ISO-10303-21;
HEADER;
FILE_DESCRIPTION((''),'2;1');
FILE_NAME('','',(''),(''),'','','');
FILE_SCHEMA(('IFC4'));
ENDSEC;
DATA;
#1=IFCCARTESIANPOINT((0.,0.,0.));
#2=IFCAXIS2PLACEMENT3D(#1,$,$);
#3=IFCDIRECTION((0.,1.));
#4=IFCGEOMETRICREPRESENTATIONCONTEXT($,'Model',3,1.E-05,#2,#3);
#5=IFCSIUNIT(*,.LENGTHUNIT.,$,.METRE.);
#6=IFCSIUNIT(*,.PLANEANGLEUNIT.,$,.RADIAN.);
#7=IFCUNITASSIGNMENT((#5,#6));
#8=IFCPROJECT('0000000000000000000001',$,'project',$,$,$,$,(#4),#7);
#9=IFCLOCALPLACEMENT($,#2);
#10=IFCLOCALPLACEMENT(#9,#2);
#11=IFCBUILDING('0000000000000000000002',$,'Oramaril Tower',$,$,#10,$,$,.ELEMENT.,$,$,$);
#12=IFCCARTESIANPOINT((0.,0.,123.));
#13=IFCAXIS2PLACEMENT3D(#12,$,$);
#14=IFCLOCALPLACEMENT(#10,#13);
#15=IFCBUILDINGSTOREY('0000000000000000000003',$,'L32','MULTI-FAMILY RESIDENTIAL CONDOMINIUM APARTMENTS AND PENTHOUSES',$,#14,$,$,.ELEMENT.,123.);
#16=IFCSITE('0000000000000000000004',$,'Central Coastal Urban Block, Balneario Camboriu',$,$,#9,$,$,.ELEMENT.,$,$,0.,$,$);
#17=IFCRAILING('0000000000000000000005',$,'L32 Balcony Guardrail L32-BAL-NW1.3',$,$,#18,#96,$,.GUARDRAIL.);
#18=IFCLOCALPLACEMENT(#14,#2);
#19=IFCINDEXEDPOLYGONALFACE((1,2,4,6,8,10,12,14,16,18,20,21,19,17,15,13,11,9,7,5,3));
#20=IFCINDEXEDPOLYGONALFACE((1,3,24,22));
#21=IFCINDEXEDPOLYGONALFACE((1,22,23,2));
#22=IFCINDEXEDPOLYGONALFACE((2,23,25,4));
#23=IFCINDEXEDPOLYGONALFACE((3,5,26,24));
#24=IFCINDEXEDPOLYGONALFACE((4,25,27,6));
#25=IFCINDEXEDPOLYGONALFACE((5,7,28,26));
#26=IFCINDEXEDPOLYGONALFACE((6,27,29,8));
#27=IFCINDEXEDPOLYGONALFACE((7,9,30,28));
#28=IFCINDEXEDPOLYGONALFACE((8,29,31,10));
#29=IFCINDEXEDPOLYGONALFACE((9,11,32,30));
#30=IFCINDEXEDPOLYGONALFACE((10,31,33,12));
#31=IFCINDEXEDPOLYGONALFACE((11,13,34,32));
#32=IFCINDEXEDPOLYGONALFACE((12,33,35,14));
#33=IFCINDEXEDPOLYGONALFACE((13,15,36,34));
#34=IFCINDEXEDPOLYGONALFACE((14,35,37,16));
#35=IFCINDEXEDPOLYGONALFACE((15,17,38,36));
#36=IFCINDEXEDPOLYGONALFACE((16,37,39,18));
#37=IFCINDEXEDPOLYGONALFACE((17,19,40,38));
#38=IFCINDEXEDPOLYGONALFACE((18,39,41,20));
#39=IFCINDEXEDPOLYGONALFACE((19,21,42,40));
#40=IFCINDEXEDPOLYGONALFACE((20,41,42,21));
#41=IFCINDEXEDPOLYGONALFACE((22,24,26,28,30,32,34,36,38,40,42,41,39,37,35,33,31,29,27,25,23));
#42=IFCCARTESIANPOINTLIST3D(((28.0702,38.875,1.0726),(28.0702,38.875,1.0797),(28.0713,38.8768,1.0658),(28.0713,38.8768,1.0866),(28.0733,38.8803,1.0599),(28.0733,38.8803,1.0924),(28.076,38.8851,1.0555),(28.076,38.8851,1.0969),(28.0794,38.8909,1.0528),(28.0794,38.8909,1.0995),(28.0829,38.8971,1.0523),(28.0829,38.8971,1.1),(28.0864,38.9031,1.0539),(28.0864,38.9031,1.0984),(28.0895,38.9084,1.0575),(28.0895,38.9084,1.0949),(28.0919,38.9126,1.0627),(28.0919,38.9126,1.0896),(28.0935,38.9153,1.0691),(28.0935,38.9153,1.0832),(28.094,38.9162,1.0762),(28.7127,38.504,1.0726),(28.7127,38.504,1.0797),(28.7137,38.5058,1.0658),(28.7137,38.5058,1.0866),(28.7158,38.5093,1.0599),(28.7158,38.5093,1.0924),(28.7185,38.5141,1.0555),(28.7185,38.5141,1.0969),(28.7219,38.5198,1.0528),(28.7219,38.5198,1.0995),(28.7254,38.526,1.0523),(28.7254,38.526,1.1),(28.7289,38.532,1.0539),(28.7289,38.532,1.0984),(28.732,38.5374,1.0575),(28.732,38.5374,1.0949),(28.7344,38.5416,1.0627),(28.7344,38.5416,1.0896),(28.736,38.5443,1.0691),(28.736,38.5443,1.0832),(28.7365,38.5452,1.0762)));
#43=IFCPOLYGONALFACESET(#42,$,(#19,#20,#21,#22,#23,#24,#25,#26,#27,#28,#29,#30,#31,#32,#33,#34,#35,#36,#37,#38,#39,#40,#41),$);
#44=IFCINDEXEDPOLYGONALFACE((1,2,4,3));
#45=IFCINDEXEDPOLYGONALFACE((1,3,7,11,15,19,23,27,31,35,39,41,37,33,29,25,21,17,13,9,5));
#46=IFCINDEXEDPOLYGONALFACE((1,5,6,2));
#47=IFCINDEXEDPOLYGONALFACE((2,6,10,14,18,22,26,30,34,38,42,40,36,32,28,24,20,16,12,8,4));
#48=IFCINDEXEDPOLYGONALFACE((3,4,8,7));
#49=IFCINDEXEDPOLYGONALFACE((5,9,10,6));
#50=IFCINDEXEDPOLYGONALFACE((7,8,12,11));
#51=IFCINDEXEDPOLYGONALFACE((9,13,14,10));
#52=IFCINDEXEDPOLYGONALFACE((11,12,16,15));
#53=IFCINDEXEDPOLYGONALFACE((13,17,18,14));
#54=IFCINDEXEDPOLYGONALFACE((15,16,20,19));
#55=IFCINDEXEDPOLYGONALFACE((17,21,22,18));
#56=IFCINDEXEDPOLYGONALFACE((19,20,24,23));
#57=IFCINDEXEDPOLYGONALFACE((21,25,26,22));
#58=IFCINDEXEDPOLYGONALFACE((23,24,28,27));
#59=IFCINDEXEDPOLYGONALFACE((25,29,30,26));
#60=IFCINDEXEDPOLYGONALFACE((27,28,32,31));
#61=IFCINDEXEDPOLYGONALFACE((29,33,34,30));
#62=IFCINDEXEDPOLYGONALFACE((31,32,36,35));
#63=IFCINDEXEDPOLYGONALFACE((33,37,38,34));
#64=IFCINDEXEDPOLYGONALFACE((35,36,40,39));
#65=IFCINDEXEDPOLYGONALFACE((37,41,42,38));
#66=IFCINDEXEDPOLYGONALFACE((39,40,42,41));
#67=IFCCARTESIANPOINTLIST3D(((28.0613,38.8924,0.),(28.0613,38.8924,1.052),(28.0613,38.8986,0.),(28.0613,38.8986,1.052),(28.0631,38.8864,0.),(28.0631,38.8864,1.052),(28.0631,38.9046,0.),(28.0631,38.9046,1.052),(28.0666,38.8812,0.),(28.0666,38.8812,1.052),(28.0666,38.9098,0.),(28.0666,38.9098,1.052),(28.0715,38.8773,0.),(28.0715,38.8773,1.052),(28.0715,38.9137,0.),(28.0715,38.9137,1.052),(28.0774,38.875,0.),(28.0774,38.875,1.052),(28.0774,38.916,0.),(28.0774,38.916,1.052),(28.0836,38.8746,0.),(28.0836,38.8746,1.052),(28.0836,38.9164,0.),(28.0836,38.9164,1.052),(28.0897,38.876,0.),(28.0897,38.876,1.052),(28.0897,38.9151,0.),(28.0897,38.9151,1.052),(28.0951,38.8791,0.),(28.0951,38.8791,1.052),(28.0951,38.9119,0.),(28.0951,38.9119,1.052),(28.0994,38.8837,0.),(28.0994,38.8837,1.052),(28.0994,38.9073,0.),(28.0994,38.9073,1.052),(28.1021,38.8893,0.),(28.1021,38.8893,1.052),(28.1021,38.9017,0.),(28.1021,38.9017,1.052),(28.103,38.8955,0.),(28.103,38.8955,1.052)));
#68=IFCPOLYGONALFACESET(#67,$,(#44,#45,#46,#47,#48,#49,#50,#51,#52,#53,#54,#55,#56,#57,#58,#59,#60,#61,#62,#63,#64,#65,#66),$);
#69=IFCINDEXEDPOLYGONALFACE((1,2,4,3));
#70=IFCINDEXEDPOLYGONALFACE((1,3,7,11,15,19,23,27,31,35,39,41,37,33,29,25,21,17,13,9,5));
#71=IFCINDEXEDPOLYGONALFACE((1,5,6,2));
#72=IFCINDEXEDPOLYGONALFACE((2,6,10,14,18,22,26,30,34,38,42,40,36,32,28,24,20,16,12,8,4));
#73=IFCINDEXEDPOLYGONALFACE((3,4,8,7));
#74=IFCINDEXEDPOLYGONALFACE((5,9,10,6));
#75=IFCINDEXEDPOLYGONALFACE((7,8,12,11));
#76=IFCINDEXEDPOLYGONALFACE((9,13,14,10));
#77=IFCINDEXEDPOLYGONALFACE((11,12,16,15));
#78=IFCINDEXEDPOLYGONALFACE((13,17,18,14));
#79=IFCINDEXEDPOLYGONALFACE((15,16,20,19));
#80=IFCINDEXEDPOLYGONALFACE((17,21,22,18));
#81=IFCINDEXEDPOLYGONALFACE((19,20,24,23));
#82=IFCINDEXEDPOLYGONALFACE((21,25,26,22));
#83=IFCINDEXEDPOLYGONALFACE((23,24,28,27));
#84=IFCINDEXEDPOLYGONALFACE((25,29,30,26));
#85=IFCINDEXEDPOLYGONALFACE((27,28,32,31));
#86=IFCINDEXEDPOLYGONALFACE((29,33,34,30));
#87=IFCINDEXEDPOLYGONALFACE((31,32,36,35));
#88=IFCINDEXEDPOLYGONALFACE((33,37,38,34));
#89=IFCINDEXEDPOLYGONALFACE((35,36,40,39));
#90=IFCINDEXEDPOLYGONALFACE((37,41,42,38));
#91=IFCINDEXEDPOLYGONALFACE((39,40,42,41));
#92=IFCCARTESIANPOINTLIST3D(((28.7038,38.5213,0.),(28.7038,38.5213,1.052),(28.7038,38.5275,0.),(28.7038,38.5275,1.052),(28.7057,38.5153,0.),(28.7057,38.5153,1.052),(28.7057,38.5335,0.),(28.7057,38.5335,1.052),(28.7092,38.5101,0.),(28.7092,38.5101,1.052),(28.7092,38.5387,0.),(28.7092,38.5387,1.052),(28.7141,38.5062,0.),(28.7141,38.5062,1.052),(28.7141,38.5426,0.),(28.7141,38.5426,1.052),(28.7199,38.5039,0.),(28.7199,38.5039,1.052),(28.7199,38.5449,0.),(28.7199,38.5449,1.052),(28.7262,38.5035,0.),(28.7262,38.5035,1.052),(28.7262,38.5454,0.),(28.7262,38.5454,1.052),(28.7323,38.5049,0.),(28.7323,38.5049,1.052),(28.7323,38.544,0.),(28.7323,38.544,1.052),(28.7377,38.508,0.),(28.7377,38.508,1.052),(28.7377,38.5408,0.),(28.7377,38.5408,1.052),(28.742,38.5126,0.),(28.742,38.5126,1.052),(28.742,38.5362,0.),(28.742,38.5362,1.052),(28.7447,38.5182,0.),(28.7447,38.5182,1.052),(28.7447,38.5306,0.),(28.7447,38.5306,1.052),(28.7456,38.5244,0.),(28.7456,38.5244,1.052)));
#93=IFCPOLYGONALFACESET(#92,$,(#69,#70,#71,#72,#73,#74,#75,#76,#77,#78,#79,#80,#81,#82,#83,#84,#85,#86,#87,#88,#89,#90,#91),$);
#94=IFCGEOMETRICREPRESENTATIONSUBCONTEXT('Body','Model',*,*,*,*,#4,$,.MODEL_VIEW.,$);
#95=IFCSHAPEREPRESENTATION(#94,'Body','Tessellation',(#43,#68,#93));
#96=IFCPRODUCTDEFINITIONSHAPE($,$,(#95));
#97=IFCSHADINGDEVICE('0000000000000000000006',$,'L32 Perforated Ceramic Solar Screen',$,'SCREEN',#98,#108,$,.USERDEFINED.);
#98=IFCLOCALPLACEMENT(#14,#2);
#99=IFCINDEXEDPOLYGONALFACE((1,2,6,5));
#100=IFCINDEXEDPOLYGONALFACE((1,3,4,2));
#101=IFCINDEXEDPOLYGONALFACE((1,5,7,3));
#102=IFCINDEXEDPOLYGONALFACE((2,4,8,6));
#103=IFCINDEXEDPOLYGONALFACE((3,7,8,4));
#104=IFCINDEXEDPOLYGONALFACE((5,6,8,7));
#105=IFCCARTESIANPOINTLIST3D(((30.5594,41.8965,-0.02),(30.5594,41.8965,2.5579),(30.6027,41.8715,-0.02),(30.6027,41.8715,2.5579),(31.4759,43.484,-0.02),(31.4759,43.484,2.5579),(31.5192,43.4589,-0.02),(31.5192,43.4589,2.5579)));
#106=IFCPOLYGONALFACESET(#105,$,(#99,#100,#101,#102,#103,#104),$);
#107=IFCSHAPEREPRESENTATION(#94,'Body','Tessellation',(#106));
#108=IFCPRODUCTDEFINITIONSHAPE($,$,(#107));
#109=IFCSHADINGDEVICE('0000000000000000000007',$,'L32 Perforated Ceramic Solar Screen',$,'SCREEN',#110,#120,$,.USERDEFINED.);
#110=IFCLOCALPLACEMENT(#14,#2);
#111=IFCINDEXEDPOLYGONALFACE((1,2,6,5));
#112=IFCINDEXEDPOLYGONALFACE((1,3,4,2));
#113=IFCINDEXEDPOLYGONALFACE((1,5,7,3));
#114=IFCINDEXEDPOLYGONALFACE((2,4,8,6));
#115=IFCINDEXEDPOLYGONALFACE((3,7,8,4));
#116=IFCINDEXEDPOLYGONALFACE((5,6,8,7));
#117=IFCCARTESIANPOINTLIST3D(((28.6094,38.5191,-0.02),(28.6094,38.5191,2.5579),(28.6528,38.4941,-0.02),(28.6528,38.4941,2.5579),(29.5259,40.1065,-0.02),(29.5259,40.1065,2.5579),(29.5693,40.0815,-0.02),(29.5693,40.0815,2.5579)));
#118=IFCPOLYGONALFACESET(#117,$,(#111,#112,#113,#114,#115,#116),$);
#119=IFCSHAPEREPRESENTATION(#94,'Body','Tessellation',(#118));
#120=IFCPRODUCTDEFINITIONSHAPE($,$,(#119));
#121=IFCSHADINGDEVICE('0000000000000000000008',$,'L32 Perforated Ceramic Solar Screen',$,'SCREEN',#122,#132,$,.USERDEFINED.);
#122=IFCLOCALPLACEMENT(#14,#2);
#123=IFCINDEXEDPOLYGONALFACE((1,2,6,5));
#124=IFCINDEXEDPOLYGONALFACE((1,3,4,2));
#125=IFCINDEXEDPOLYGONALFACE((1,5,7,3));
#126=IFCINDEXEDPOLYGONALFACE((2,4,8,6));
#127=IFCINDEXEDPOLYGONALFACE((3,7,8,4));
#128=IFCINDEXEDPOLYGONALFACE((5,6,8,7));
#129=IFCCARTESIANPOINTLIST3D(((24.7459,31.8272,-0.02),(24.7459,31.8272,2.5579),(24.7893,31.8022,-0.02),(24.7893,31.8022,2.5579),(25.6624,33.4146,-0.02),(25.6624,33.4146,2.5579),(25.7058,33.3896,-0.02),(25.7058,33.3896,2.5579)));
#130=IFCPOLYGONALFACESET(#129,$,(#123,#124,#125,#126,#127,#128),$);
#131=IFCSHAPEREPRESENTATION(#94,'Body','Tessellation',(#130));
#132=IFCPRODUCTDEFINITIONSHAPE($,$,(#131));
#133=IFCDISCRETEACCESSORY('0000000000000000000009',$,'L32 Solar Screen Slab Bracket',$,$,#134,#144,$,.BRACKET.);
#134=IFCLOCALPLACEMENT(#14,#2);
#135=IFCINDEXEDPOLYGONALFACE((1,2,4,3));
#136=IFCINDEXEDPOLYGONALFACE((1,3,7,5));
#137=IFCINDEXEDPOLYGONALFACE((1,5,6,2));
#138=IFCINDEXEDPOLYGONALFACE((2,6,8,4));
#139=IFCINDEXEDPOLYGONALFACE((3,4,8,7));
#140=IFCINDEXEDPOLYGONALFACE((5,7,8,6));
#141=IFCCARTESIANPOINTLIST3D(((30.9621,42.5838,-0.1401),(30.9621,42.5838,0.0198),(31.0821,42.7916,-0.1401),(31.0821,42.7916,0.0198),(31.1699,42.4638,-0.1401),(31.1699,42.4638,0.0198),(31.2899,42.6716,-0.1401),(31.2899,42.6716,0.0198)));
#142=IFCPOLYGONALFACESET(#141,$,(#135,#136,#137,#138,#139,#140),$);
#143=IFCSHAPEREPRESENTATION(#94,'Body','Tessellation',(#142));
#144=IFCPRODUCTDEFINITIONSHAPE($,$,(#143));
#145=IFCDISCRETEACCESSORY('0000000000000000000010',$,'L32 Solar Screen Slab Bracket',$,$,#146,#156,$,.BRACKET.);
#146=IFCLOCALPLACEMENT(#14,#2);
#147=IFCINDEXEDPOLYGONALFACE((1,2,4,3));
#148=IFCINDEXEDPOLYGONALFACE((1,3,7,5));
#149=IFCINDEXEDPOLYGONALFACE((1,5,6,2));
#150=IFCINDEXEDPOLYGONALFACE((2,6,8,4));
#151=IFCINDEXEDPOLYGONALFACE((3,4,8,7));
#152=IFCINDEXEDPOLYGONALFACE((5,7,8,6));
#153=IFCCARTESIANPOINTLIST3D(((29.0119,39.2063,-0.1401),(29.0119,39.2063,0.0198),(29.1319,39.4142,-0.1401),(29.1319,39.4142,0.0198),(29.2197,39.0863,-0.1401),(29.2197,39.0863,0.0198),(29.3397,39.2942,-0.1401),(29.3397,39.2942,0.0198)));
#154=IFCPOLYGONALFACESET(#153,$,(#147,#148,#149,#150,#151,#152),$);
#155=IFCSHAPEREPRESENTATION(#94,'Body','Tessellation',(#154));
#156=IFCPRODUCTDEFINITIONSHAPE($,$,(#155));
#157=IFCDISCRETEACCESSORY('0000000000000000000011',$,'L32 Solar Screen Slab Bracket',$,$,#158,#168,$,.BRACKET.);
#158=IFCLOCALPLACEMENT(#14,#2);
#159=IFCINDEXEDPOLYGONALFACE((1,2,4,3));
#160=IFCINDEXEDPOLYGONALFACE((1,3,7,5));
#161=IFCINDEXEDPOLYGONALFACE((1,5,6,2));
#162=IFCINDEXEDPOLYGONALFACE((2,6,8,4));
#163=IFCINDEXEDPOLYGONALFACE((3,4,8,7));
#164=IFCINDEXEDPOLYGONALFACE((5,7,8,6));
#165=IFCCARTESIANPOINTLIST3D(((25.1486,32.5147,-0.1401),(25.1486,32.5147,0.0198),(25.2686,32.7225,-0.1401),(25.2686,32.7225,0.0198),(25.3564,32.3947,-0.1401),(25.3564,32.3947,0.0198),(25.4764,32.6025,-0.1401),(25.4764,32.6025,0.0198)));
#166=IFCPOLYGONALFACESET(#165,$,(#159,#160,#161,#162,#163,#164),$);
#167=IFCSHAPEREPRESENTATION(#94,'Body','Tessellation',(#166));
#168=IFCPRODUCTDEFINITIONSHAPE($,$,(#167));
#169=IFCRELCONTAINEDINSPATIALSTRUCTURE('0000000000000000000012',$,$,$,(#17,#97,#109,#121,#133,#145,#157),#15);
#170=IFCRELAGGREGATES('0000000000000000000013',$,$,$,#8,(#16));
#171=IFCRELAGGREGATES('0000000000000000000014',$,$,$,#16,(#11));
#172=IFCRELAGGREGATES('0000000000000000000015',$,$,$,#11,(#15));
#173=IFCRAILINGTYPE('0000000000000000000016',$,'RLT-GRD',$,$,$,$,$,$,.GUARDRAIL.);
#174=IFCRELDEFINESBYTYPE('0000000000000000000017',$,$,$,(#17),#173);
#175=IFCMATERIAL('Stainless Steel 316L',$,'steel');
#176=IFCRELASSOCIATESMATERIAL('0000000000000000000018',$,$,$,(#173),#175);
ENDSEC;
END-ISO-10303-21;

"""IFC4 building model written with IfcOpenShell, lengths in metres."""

from ifc_helpers import new_model, si_unit, direction, frame, origin, origin_2d, place, context, subcontext, project, spatial, rectangle, circle, extrude, material, type_object, element, save


model = new_model("IFC4")

# Units and contexts
model_context = context("Model", 3, precision=1e-05, world=origin(), true_north=direction((0.0, 1.0)))
body_context = subcontext(model_context, "Body", "Model", "MODEL_VIEW")
ifc_project = project(units=[si_unit("LENGTHUNIT", "METRE"), si_unit("PLANEANGLEUNIT", "RADIAN")], contexts=[model_context])

# Site, building, storey
site_placement = place(None, origin())
site = spatial("IfcSite", under=ifc_project, at=site_placement, Name="Central Coastal Urban Block, Balneario Camboriu", CompositionType="ELEMENT", RefElevation=0.0)
building_placement = place(site_placement, origin())
building = spatial("IfcBuilding", under=site, at=building_placement, Name="Oramaril Tower", CompositionType="ELEMENT")
storey_placement = place(building_placement, frame((0.0, 0.0, 123.0)))
storey = spatial("IfcBuildingStorey", under=building, at=storey_placement, Name="L32", Description="MULTI-FAMILY RESIDENTIAL CONDOMINIUM APARTMENTS AND PENTHOUSES", CompositionType="ELEMENT", Elevation=123.0)

# Railing
ifc_material_1 = material(Name="Stainless Steel 316L", Category="steel")
railing_type = type_object("IfcRailingType", Name="RLT-GRD", PredefinedType="GUARDRAIL", material=ifc_material_1)
railing_1_placement = place(storey_placement, frame((28.082, 38.8955, 0.0)))
element("IfcRailing", 1, at=railing_1_placement, inside=storey, type_object=railing_type, Name="L32 Balcony Guardrail L32-BAL-NW1.3", PredefinedType="GUARDRAIL", context=body_context, shape_type="SweptSolid", body=[
    extrude(circle(Radius=0.0239, at=origin_2d()), frame((0.0, 0.0, 1.0762), z_axis=(0.865966, -0.500102, 0.0), x_axis=(0.500102, 0.865966, 0.0)), (0.0, 0.0, 1.0), 0.7419),
    extrude(circle(Radius=0.021, at=origin_2d()), origin(), (0.0, 0.0, 1.0), 1.052),
    extrude(circle(Radius=0.021, at=origin_2d()), frame((0.6426, -0.3711, 0.0)), (0.0, 0.0, 1.0), 1.052),
])

# Shading devices
for number, where, z_axis, x_axis, name in (
    (2, (31.0393, 42.6777, -0.02), (0.0, 0.0, 1.0), (-0.499998, -0.866026, 0.0), "L32 Perforated Ceramic Solar Screen"),
    (3, (29.0894, 39.3003, -0.02), (0.0, 0.0, 1.0), (-0.499998, -0.866026, 0.0), "L32 Perforated Ceramic Solar Screen"),
    (4, (25.2258, 32.6084, -0.02), (0.0, 0.0, 1.0), (-0.499998, -0.866026, 0.0), "L32 Perforated Ceramic Solar Screen"),
):
    element("IfcShadingDevice", number, at=place(storey_placement, frame(where, z_axis=z_axis, x_axis=x_axis)), inside=storey, Name=name, ObjectType="SCREEN", PredefinedType="USERDEFINED", context=body_context, shape_type="SweptSolid", body=[
        extrude(rectangle(XDim=1.833, YDim=0.05, at=origin_2d()), origin(), (0.0, 0.0, 1.0), 2.5779),
    ])

# Discrete accessories
for number, where, z_axis, x_axis, name in (
    (5, (31.126, 42.6277, -0.1401), (0.0, 0.0, 1.0), (-0.499998, -0.866026, 0.0), "L32 Solar Screen Slab Bracket"),
    (6, (29.1758, 39.2502, -0.1401), (0.0, 0.0, 1.0), (-0.499998, -0.866026, 0.0), "L32 Solar Screen Slab Bracket"),
    (7, (25.3125, 32.5586, -0.1401), (0.0, 0.0, 1.0), (-0.499998, -0.866026, 0.0), "L32 Solar Screen Slab Bracket"),
):
    element("IfcDiscreteAccessory", number, at=place(storey_placement, frame(where, z_axis=z_axis, x_axis=x_axis)), inside=storey, Name=name, PredefinedType="BRACKET", context=body_context, shape_type="SweptSolid", body=[
        extrude(rectangle(XDim=0.24, YDim=0.24, at=origin_2d()), origin(), (0.0, 0.0, 1.0), 0.1599),
    ])

save(model, "model.ifc")
